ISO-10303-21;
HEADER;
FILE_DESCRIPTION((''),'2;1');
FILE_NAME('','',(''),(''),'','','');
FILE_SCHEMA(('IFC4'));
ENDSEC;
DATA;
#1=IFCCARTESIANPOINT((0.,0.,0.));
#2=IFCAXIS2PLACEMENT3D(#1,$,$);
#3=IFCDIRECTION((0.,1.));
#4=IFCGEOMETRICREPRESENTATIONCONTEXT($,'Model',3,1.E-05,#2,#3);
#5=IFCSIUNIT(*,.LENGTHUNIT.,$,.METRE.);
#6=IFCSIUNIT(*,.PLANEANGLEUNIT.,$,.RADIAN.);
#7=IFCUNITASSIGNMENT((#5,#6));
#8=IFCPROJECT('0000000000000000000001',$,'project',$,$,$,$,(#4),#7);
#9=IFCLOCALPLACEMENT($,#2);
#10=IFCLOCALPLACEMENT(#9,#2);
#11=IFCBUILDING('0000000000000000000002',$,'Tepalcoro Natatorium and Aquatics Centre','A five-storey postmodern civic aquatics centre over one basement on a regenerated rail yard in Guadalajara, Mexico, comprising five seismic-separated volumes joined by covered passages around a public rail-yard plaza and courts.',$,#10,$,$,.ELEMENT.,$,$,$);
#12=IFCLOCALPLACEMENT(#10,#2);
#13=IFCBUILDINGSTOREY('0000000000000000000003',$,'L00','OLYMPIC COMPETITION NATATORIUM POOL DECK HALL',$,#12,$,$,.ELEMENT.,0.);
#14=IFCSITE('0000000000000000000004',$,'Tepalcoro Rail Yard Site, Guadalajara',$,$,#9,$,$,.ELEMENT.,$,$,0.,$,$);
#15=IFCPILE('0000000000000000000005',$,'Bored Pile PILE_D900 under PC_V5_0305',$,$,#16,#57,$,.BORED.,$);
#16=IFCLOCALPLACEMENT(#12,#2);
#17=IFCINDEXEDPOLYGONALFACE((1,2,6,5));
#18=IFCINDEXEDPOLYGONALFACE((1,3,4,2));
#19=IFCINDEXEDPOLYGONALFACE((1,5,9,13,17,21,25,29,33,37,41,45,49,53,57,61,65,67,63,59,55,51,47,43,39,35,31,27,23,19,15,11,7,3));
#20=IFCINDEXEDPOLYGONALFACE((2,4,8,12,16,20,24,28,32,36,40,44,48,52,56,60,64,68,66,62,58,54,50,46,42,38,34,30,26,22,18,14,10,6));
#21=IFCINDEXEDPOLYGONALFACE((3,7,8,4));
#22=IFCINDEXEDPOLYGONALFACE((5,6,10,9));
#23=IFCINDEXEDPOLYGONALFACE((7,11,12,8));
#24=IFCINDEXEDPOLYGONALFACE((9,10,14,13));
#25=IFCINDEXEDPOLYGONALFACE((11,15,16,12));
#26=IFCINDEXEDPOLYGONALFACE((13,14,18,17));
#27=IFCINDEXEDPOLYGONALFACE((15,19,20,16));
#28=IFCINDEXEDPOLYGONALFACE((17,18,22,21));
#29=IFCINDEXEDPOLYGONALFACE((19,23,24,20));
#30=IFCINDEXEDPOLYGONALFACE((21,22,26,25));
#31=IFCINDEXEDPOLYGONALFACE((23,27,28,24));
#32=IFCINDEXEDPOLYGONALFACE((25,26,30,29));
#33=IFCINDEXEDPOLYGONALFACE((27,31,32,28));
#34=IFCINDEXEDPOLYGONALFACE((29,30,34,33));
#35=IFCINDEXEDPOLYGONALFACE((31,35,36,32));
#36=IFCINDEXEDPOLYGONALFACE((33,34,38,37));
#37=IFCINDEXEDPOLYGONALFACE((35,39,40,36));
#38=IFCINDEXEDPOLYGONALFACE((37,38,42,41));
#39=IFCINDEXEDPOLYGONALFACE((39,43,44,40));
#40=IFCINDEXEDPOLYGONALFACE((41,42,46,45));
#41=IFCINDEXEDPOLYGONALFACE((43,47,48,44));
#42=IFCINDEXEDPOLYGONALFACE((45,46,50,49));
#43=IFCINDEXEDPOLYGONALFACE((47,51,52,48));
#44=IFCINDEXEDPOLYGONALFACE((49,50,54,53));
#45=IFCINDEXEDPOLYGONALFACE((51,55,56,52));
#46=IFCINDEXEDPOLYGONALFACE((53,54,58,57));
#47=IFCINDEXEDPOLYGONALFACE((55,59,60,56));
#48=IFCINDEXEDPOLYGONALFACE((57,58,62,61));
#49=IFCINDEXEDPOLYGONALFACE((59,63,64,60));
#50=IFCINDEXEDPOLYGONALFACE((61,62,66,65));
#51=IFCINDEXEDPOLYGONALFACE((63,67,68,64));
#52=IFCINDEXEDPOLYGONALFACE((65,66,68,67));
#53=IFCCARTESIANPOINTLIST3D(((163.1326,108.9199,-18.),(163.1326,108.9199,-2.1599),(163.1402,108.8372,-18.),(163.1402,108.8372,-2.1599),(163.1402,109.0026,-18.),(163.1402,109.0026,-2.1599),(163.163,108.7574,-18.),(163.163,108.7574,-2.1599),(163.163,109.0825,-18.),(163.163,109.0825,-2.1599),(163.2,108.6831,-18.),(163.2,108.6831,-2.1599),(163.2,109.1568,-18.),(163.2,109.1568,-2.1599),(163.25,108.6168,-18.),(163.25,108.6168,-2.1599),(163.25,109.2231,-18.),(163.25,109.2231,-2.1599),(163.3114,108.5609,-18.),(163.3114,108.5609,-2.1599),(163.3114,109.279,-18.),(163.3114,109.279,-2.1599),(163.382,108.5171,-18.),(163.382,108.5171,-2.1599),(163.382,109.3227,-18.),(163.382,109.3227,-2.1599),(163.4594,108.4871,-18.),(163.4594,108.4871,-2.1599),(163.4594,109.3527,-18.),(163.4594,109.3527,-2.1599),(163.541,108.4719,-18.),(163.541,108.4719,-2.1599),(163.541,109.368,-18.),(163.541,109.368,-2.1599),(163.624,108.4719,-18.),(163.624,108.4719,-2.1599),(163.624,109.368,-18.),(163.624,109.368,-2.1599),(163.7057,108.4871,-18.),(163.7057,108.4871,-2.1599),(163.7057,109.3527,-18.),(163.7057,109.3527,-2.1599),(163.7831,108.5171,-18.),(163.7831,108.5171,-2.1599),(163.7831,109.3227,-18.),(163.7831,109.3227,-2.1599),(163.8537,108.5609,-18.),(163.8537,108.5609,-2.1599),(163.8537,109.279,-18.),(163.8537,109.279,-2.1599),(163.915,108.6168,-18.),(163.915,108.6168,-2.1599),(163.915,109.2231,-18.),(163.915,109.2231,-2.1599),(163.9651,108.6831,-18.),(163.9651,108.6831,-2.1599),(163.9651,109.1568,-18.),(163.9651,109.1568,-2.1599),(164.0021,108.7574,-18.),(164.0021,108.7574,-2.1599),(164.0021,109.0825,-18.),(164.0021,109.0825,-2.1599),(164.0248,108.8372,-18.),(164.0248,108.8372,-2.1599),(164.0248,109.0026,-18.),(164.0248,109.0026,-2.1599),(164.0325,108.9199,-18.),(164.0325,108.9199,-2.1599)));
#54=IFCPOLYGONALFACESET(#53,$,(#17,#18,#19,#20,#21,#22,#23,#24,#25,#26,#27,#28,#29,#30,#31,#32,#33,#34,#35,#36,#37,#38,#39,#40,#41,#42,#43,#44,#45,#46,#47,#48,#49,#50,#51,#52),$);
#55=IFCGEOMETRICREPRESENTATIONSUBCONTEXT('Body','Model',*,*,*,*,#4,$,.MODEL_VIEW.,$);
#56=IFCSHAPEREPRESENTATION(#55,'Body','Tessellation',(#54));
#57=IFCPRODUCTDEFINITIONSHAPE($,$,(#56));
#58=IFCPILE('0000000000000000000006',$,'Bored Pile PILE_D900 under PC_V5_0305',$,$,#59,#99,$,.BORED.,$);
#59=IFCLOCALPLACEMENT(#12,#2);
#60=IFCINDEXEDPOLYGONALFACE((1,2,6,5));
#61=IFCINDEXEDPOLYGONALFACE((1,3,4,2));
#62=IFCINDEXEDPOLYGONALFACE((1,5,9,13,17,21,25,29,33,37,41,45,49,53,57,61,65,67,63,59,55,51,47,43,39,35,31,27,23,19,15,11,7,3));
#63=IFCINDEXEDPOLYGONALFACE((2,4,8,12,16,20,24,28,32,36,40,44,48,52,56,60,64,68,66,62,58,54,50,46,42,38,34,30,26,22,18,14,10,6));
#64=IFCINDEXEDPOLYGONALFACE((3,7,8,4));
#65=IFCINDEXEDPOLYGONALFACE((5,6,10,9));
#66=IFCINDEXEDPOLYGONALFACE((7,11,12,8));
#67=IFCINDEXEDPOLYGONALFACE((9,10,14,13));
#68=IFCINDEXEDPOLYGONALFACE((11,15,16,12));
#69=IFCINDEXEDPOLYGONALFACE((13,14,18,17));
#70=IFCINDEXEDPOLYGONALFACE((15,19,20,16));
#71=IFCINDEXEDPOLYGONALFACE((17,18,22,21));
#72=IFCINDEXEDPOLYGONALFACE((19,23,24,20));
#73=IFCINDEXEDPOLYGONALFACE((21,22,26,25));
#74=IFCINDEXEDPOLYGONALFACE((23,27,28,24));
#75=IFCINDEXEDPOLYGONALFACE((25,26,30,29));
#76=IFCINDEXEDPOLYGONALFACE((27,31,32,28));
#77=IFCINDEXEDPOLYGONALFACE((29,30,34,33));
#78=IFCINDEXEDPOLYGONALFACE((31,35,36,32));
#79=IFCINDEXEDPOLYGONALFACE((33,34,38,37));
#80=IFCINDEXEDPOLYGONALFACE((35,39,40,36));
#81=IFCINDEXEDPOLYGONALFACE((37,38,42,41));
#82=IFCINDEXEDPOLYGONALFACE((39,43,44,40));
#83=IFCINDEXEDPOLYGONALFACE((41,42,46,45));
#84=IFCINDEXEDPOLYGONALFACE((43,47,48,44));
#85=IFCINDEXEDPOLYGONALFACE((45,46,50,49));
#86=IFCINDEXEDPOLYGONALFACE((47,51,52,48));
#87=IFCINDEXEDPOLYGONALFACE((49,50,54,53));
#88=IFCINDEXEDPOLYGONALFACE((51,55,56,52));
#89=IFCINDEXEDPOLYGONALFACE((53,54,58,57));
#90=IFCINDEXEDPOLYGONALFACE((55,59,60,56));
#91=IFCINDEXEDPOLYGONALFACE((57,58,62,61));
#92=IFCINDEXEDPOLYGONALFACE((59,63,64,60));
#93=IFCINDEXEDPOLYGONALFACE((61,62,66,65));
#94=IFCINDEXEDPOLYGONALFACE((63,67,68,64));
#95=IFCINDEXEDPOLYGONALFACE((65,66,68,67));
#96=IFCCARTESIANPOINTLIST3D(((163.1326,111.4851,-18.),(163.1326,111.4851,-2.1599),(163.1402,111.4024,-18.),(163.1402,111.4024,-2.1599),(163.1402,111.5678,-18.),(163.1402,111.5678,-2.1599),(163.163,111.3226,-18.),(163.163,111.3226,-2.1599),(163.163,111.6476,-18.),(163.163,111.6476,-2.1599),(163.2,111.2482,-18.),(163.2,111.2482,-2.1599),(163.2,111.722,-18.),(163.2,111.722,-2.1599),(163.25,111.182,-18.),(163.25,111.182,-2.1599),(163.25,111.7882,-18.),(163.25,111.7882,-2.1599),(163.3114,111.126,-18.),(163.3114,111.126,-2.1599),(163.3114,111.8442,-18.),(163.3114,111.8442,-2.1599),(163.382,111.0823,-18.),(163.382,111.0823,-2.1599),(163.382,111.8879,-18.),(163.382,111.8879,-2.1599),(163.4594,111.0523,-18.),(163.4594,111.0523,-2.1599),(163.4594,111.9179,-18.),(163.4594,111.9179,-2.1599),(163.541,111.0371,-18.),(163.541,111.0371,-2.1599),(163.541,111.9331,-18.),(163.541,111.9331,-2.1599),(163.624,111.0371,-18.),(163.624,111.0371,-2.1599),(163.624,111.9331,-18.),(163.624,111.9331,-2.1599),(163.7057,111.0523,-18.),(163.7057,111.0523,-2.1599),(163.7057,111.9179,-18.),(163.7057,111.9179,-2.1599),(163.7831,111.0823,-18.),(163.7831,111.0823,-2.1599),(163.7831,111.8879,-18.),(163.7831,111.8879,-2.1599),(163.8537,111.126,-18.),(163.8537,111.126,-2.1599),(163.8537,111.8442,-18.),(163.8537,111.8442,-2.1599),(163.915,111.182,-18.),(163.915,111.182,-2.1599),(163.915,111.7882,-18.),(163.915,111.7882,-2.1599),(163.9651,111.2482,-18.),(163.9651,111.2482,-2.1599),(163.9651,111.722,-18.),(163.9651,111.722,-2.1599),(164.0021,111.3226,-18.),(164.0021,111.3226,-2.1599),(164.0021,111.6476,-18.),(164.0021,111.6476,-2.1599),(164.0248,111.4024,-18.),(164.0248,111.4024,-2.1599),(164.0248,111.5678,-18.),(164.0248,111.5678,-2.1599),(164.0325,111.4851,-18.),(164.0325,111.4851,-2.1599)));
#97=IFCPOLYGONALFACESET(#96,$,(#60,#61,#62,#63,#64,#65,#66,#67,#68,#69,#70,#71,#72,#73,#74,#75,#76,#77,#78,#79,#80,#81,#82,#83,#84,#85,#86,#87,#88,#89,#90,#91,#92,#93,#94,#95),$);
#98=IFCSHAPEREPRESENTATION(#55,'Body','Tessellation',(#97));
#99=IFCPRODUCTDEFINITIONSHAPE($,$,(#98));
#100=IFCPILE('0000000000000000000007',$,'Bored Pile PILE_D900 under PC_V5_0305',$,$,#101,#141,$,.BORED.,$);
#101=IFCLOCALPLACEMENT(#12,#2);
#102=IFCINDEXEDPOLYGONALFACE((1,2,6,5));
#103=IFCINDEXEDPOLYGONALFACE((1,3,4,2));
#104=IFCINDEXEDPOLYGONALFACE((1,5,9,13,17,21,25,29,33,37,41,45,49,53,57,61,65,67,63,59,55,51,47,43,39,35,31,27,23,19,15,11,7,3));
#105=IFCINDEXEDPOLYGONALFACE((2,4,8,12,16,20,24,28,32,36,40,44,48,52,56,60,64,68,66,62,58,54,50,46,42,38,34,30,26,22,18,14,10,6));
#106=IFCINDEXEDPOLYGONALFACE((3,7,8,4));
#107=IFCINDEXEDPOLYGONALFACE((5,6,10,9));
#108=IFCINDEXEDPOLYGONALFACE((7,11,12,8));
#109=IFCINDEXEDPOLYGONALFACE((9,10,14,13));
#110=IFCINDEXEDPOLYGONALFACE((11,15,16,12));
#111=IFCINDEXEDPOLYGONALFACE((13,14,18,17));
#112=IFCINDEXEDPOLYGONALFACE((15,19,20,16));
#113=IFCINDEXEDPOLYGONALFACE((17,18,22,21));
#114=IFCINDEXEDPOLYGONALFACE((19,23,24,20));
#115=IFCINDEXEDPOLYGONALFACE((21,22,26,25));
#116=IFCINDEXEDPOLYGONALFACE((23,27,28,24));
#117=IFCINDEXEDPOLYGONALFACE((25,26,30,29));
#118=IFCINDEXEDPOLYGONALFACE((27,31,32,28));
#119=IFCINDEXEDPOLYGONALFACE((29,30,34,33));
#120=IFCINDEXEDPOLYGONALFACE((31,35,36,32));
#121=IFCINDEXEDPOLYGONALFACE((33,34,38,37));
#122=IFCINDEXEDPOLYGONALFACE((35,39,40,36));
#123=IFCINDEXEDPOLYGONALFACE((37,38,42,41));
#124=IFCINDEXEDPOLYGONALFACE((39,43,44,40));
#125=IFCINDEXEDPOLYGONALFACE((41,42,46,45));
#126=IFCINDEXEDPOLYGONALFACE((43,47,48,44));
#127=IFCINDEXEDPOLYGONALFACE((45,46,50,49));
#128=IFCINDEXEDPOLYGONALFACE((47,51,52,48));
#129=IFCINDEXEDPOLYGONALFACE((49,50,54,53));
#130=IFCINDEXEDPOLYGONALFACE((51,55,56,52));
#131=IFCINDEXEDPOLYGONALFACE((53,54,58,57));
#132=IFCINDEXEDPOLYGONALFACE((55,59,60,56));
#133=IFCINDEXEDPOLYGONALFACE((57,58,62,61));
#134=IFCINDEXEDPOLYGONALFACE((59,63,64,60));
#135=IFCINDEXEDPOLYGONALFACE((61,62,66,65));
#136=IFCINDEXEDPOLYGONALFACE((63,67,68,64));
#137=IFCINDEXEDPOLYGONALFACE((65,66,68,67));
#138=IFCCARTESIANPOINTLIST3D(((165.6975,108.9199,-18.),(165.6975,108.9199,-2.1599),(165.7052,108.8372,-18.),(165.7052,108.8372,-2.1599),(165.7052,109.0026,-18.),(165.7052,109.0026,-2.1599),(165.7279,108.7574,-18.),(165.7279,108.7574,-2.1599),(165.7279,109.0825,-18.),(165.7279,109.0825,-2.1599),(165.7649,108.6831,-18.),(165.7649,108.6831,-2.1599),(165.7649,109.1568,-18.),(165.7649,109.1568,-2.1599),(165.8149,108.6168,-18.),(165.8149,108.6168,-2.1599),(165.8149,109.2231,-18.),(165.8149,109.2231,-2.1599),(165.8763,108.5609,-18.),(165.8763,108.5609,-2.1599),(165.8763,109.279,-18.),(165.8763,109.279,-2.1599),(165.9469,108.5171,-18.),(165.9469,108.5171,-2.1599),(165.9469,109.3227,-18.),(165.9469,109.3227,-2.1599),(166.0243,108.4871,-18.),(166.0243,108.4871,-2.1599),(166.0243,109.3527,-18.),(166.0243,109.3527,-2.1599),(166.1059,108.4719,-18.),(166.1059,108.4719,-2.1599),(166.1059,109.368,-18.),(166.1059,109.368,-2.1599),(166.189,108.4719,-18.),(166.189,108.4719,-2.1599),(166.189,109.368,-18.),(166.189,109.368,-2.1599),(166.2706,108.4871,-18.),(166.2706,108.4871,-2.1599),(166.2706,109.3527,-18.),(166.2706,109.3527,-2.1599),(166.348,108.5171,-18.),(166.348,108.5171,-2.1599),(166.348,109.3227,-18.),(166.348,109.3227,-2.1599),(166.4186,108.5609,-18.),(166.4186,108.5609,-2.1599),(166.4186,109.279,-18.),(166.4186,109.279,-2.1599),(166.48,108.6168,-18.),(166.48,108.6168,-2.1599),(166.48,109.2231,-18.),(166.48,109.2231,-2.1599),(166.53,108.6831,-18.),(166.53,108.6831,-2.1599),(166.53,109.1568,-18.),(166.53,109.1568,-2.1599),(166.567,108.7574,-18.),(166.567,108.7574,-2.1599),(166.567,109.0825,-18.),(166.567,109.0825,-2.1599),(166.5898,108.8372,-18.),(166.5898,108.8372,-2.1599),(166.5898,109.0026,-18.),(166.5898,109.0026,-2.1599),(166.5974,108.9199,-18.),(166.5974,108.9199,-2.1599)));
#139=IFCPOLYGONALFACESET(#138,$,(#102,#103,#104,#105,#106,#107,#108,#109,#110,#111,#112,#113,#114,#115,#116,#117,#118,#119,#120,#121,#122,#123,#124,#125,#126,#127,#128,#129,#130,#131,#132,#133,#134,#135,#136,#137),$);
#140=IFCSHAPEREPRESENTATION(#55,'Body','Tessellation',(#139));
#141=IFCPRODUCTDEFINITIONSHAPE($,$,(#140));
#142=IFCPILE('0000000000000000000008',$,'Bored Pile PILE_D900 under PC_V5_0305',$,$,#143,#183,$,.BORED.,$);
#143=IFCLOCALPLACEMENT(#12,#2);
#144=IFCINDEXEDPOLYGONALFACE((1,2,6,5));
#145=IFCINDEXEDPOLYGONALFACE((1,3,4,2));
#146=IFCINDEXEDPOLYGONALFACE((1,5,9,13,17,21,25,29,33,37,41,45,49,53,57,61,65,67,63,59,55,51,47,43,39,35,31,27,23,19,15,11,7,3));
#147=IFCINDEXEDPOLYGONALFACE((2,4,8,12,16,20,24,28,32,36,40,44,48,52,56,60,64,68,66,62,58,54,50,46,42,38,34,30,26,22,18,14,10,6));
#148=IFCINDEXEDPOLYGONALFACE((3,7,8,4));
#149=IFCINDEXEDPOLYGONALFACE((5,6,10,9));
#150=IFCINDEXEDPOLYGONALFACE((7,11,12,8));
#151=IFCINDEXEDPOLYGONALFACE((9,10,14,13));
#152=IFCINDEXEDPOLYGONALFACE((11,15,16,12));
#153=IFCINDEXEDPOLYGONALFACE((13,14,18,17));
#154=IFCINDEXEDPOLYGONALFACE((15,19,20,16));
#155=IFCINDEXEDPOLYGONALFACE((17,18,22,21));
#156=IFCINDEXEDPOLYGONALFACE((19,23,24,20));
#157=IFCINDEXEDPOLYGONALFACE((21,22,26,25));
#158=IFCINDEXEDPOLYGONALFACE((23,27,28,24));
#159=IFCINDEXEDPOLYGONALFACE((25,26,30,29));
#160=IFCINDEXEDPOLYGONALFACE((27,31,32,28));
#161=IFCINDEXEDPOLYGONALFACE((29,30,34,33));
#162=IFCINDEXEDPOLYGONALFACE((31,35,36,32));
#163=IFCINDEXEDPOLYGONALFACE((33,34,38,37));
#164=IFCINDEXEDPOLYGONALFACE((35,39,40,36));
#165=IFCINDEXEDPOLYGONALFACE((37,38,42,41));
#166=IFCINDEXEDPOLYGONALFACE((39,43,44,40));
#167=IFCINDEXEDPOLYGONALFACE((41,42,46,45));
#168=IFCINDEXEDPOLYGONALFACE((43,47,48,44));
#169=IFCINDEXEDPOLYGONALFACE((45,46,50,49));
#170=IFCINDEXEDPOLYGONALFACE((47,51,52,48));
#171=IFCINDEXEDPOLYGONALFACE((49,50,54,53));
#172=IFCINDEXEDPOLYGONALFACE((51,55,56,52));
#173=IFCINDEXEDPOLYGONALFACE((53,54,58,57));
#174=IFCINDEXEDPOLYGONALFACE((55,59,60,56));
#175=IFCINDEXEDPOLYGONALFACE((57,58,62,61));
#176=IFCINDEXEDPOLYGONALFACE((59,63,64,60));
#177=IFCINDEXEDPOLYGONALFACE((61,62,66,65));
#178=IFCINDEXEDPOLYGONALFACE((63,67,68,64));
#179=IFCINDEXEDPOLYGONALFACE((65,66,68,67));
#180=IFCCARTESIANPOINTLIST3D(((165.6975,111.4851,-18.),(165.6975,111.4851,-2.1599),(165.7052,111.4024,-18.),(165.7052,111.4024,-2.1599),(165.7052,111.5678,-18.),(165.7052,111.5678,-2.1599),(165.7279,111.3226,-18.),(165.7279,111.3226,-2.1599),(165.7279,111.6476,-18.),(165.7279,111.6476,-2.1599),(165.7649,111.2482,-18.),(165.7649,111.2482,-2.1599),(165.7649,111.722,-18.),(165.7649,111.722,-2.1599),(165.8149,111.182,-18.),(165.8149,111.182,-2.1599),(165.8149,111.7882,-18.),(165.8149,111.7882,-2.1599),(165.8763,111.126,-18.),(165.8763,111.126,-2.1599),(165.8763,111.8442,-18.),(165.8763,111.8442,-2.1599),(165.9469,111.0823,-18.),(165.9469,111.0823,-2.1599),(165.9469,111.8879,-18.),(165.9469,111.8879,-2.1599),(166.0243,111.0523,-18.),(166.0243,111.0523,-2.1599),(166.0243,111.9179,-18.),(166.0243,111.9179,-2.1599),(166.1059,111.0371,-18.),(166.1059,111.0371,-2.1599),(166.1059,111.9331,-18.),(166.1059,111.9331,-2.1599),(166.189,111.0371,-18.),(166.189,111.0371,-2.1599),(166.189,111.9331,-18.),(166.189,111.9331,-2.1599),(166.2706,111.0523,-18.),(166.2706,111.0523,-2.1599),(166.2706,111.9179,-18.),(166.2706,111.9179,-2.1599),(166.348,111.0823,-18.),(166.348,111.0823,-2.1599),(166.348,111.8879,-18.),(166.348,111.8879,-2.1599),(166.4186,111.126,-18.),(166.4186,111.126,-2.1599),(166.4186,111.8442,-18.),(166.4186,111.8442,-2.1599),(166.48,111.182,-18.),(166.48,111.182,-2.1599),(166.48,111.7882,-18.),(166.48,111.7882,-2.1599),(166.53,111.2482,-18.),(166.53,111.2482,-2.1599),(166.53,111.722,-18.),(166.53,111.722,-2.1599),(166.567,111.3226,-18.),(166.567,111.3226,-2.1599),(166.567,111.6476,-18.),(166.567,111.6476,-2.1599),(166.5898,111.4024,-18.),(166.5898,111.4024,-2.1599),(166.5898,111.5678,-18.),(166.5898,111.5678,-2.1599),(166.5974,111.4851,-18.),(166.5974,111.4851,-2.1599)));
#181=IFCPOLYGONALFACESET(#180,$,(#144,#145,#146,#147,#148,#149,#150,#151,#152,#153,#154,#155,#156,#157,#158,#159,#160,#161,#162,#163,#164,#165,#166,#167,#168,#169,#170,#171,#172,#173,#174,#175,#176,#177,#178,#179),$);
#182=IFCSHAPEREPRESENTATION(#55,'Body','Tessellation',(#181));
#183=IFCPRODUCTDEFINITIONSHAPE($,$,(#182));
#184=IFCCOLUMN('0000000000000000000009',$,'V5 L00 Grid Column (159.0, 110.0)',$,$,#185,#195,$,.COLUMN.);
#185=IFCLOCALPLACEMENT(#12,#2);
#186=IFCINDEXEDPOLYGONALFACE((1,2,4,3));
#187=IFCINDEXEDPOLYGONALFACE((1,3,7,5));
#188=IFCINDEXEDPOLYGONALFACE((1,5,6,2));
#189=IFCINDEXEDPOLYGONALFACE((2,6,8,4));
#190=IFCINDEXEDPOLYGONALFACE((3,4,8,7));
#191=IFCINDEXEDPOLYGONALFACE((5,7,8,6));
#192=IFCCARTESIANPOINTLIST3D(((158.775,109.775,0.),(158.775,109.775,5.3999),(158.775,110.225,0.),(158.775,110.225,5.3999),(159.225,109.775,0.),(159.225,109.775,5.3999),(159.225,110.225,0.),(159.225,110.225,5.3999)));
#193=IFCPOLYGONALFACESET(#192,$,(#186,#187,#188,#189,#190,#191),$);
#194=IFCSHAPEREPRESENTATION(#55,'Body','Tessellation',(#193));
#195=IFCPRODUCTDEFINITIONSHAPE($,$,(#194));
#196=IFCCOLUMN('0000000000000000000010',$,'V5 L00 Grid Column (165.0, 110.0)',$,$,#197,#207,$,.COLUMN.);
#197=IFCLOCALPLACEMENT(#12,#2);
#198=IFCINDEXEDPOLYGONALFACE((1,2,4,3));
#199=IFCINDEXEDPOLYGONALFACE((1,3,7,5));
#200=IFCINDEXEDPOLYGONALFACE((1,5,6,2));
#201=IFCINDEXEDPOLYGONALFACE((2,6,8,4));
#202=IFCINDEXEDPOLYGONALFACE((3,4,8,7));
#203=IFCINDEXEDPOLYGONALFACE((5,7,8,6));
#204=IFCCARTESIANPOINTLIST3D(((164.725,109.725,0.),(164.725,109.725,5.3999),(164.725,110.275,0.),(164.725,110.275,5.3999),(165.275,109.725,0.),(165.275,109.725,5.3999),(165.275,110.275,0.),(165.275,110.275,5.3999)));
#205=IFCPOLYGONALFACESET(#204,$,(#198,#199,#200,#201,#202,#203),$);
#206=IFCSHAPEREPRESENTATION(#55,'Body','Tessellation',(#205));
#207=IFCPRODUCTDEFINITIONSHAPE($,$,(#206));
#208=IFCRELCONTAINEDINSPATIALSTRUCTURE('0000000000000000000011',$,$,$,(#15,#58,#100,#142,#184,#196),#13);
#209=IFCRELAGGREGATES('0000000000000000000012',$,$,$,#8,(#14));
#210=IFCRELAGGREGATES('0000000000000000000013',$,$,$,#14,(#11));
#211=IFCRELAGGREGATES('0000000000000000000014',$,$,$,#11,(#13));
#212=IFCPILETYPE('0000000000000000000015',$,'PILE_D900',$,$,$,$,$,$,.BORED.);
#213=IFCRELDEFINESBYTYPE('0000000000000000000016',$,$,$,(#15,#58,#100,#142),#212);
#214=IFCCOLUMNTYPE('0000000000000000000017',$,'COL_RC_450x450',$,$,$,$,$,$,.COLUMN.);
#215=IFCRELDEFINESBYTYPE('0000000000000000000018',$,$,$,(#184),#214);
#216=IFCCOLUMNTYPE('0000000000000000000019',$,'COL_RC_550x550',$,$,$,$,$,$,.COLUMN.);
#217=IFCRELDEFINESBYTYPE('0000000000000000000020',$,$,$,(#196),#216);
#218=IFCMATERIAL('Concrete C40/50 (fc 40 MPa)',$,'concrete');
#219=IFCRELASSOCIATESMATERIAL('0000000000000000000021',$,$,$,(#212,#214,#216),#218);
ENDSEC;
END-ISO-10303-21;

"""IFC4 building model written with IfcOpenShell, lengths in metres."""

from ifc_helpers import new_model, si_unit, direction, frame, origin, origin_2d, place, context, subcontext, project, spatial, rectangle, circle, extrude, material, material_profile, profile_set, type_object, element, save


model = new_model("IFC4")

# Units and contexts
model_context = context("Model", 3, precision=1e-05, world=origin(), true_north=direction((0.0, 1.0)))
body_context = subcontext(model_context, "Body", "Model", "MODEL_VIEW")
ifc_project = project(units=[si_unit("LENGTHUNIT", "METRE"), si_unit("PLANEANGLEUNIT", "RADIAN")], contexts=[model_context])

# Site, building, storey
site_placement = place(None, origin())
site = spatial("IfcSite", under=ifc_project, at=site_placement, Name="Tepalcoro Rail Yard Site, Guadalajara", CompositionType="ELEMENT", RefElevation=0.0)
building_placement = place(site_placement, origin())
building = spatial("IfcBuilding", under=site, at=building_placement, Name="Tepalcoro Natatorium and Aquatics Centre", Description="A five-storey postmodern civic aquatics centre over one basement on a regenerated rail yard in Guadalajara, Mexico, comprising five seismic-separated volumes joined by covered passages around a public rail-yard plaza and courts.", CompositionType="ELEMENT")
storey_placement = place(building_placement, origin())
storey = spatial("IfcBuildingStorey", under=building, at=storey_placement, Name="L00", Description="OLYMPIC COMPETITION NATATORIUM POOL DECK HALL", CompositionType="ELEMENT", Elevation=0.0)

# Piles
ifc_material_1 = material(Name="Concrete C40/50 (fc 40 MPa)", Category="concrete")
ifc_material_profile_1 = material_profile(ifc_material_1, circle(Radius=0.45, at=origin_2d()), Name="PILE_D900")
ifc_profile_set_1 = profile_set([ifc_material_profile_1], Name="Concrete C40/50 (fc 40 MPa)")
pile_type = type_object("IfcPileType", Name="PILE_D900", PredefinedType="BORED", material=ifc_profile_set_1)
for number, where, z_axis, x_axis, name in (
    (1, (163.5825, 108.9199, -2.1599), (0.0, 0.0, -1.0), (1.0, 0.0, 0.0), "Bored Pile PILE_D900 under PC_V5_0305"),
    (2, (163.5825, 111.4851, -2.1599), (0.0, 0.0, -1.0), (1.0, 0.0, 0.0), "Bored Pile PILE_D900 under PC_V5_0305"),
    (3, (166.1475, 108.9199, -2.1599), (0.0, 0.0, -1.0), (1.0, 0.0, 0.0), "Bored Pile PILE_D900 under PC_V5_0305"),
    (4, (166.1475, 111.4851, -2.1599), (0.0, 0.0, -1.0), (1.0, 0.0, 0.0), "Bored Pile PILE_D900 under PC_V5_0305"),
):
    element("IfcPile", number, at=place(storey_placement, frame(where, z_axis=z_axis, x_axis=x_axis)), inside=storey, type_object=pile_type, Name=name, PredefinedType="BORED", context=body_context, shape_type="SweptSolid", body=[
        extrude(circle(Radius=0.45, at=origin_2d()), origin(), (0.0, 0.0, 1.0), 15.8401),
    ])

# Columns
ifc_material_profile_2 = material_profile(ifc_material_1, rectangle(XDim=0.45, YDim=0.45, at=origin_2d()), Name="RC450x450")
ifc_profile_set_2 = profile_set([ifc_material_profile_2], Name="Concrete C40/50 (fc 40 MPa)")
column_type_1 = type_object("IfcColumnType", Name="COL_RC_450x450", PredefinedType="COLUMN", material=ifc_profile_set_2)
column_1_placement = place(storey_placement, frame((159.0, 110.0, 0.0), z_axis=(0.0, 0.0, 1.0), x_axis=(1.0, 0.0, 0.0)))
element("IfcColumn", 5, at=column_1_placement, inside=storey, type_object=column_type_1, Name="V5 L00 Grid Column (159.0, 110.0)", PredefinedType="COLUMN", context=body_context, shape_type="SweptSolid", body=[
    extrude(rectangle(XDim=0.45, YDim=0.45, at=origin_2d()), origin(), (0.0, 0.0, 1.0), 5.3999),
])
ifc_material_profile_3 = material_profile(ifc_material_1, rectangle(XDim=0.55, YDim=0.55, at=origin_2d()), Name="RC550x550")
ifc_profile_set_3 = profile_set([ifc_material_profile_3], Name="Concrete C40/50 (fc 40 MPa)")
column_type_2 = type_object("IfcColumnType", Name="COL_RC_550x550", PredefinedType="COLUMN", material=ifc_profile_set_3)
column_2_placement = place(storey_placement, frame((165.0, 110.0, 0.0), z_axis=(0.0, 0.0, 1.0), x_axis=(1.0, 0.0, 0.0)))
element("IfcColumn", 6, at=column_2_placement, inside=storey, type_object=column_type_2, Name="V5 L00 Grid Column (165.0, 110.0)", PredefinedType="COLUMN", context=body_context, shape_type="SweptSolid", body=[
    extrude(rectangle(XDim=0.55, YDim=0.55, at=origin_2d()), origin(), (0.0, 0.0, 1.0), 5.3999),
])

save(model, "model.ifc")
